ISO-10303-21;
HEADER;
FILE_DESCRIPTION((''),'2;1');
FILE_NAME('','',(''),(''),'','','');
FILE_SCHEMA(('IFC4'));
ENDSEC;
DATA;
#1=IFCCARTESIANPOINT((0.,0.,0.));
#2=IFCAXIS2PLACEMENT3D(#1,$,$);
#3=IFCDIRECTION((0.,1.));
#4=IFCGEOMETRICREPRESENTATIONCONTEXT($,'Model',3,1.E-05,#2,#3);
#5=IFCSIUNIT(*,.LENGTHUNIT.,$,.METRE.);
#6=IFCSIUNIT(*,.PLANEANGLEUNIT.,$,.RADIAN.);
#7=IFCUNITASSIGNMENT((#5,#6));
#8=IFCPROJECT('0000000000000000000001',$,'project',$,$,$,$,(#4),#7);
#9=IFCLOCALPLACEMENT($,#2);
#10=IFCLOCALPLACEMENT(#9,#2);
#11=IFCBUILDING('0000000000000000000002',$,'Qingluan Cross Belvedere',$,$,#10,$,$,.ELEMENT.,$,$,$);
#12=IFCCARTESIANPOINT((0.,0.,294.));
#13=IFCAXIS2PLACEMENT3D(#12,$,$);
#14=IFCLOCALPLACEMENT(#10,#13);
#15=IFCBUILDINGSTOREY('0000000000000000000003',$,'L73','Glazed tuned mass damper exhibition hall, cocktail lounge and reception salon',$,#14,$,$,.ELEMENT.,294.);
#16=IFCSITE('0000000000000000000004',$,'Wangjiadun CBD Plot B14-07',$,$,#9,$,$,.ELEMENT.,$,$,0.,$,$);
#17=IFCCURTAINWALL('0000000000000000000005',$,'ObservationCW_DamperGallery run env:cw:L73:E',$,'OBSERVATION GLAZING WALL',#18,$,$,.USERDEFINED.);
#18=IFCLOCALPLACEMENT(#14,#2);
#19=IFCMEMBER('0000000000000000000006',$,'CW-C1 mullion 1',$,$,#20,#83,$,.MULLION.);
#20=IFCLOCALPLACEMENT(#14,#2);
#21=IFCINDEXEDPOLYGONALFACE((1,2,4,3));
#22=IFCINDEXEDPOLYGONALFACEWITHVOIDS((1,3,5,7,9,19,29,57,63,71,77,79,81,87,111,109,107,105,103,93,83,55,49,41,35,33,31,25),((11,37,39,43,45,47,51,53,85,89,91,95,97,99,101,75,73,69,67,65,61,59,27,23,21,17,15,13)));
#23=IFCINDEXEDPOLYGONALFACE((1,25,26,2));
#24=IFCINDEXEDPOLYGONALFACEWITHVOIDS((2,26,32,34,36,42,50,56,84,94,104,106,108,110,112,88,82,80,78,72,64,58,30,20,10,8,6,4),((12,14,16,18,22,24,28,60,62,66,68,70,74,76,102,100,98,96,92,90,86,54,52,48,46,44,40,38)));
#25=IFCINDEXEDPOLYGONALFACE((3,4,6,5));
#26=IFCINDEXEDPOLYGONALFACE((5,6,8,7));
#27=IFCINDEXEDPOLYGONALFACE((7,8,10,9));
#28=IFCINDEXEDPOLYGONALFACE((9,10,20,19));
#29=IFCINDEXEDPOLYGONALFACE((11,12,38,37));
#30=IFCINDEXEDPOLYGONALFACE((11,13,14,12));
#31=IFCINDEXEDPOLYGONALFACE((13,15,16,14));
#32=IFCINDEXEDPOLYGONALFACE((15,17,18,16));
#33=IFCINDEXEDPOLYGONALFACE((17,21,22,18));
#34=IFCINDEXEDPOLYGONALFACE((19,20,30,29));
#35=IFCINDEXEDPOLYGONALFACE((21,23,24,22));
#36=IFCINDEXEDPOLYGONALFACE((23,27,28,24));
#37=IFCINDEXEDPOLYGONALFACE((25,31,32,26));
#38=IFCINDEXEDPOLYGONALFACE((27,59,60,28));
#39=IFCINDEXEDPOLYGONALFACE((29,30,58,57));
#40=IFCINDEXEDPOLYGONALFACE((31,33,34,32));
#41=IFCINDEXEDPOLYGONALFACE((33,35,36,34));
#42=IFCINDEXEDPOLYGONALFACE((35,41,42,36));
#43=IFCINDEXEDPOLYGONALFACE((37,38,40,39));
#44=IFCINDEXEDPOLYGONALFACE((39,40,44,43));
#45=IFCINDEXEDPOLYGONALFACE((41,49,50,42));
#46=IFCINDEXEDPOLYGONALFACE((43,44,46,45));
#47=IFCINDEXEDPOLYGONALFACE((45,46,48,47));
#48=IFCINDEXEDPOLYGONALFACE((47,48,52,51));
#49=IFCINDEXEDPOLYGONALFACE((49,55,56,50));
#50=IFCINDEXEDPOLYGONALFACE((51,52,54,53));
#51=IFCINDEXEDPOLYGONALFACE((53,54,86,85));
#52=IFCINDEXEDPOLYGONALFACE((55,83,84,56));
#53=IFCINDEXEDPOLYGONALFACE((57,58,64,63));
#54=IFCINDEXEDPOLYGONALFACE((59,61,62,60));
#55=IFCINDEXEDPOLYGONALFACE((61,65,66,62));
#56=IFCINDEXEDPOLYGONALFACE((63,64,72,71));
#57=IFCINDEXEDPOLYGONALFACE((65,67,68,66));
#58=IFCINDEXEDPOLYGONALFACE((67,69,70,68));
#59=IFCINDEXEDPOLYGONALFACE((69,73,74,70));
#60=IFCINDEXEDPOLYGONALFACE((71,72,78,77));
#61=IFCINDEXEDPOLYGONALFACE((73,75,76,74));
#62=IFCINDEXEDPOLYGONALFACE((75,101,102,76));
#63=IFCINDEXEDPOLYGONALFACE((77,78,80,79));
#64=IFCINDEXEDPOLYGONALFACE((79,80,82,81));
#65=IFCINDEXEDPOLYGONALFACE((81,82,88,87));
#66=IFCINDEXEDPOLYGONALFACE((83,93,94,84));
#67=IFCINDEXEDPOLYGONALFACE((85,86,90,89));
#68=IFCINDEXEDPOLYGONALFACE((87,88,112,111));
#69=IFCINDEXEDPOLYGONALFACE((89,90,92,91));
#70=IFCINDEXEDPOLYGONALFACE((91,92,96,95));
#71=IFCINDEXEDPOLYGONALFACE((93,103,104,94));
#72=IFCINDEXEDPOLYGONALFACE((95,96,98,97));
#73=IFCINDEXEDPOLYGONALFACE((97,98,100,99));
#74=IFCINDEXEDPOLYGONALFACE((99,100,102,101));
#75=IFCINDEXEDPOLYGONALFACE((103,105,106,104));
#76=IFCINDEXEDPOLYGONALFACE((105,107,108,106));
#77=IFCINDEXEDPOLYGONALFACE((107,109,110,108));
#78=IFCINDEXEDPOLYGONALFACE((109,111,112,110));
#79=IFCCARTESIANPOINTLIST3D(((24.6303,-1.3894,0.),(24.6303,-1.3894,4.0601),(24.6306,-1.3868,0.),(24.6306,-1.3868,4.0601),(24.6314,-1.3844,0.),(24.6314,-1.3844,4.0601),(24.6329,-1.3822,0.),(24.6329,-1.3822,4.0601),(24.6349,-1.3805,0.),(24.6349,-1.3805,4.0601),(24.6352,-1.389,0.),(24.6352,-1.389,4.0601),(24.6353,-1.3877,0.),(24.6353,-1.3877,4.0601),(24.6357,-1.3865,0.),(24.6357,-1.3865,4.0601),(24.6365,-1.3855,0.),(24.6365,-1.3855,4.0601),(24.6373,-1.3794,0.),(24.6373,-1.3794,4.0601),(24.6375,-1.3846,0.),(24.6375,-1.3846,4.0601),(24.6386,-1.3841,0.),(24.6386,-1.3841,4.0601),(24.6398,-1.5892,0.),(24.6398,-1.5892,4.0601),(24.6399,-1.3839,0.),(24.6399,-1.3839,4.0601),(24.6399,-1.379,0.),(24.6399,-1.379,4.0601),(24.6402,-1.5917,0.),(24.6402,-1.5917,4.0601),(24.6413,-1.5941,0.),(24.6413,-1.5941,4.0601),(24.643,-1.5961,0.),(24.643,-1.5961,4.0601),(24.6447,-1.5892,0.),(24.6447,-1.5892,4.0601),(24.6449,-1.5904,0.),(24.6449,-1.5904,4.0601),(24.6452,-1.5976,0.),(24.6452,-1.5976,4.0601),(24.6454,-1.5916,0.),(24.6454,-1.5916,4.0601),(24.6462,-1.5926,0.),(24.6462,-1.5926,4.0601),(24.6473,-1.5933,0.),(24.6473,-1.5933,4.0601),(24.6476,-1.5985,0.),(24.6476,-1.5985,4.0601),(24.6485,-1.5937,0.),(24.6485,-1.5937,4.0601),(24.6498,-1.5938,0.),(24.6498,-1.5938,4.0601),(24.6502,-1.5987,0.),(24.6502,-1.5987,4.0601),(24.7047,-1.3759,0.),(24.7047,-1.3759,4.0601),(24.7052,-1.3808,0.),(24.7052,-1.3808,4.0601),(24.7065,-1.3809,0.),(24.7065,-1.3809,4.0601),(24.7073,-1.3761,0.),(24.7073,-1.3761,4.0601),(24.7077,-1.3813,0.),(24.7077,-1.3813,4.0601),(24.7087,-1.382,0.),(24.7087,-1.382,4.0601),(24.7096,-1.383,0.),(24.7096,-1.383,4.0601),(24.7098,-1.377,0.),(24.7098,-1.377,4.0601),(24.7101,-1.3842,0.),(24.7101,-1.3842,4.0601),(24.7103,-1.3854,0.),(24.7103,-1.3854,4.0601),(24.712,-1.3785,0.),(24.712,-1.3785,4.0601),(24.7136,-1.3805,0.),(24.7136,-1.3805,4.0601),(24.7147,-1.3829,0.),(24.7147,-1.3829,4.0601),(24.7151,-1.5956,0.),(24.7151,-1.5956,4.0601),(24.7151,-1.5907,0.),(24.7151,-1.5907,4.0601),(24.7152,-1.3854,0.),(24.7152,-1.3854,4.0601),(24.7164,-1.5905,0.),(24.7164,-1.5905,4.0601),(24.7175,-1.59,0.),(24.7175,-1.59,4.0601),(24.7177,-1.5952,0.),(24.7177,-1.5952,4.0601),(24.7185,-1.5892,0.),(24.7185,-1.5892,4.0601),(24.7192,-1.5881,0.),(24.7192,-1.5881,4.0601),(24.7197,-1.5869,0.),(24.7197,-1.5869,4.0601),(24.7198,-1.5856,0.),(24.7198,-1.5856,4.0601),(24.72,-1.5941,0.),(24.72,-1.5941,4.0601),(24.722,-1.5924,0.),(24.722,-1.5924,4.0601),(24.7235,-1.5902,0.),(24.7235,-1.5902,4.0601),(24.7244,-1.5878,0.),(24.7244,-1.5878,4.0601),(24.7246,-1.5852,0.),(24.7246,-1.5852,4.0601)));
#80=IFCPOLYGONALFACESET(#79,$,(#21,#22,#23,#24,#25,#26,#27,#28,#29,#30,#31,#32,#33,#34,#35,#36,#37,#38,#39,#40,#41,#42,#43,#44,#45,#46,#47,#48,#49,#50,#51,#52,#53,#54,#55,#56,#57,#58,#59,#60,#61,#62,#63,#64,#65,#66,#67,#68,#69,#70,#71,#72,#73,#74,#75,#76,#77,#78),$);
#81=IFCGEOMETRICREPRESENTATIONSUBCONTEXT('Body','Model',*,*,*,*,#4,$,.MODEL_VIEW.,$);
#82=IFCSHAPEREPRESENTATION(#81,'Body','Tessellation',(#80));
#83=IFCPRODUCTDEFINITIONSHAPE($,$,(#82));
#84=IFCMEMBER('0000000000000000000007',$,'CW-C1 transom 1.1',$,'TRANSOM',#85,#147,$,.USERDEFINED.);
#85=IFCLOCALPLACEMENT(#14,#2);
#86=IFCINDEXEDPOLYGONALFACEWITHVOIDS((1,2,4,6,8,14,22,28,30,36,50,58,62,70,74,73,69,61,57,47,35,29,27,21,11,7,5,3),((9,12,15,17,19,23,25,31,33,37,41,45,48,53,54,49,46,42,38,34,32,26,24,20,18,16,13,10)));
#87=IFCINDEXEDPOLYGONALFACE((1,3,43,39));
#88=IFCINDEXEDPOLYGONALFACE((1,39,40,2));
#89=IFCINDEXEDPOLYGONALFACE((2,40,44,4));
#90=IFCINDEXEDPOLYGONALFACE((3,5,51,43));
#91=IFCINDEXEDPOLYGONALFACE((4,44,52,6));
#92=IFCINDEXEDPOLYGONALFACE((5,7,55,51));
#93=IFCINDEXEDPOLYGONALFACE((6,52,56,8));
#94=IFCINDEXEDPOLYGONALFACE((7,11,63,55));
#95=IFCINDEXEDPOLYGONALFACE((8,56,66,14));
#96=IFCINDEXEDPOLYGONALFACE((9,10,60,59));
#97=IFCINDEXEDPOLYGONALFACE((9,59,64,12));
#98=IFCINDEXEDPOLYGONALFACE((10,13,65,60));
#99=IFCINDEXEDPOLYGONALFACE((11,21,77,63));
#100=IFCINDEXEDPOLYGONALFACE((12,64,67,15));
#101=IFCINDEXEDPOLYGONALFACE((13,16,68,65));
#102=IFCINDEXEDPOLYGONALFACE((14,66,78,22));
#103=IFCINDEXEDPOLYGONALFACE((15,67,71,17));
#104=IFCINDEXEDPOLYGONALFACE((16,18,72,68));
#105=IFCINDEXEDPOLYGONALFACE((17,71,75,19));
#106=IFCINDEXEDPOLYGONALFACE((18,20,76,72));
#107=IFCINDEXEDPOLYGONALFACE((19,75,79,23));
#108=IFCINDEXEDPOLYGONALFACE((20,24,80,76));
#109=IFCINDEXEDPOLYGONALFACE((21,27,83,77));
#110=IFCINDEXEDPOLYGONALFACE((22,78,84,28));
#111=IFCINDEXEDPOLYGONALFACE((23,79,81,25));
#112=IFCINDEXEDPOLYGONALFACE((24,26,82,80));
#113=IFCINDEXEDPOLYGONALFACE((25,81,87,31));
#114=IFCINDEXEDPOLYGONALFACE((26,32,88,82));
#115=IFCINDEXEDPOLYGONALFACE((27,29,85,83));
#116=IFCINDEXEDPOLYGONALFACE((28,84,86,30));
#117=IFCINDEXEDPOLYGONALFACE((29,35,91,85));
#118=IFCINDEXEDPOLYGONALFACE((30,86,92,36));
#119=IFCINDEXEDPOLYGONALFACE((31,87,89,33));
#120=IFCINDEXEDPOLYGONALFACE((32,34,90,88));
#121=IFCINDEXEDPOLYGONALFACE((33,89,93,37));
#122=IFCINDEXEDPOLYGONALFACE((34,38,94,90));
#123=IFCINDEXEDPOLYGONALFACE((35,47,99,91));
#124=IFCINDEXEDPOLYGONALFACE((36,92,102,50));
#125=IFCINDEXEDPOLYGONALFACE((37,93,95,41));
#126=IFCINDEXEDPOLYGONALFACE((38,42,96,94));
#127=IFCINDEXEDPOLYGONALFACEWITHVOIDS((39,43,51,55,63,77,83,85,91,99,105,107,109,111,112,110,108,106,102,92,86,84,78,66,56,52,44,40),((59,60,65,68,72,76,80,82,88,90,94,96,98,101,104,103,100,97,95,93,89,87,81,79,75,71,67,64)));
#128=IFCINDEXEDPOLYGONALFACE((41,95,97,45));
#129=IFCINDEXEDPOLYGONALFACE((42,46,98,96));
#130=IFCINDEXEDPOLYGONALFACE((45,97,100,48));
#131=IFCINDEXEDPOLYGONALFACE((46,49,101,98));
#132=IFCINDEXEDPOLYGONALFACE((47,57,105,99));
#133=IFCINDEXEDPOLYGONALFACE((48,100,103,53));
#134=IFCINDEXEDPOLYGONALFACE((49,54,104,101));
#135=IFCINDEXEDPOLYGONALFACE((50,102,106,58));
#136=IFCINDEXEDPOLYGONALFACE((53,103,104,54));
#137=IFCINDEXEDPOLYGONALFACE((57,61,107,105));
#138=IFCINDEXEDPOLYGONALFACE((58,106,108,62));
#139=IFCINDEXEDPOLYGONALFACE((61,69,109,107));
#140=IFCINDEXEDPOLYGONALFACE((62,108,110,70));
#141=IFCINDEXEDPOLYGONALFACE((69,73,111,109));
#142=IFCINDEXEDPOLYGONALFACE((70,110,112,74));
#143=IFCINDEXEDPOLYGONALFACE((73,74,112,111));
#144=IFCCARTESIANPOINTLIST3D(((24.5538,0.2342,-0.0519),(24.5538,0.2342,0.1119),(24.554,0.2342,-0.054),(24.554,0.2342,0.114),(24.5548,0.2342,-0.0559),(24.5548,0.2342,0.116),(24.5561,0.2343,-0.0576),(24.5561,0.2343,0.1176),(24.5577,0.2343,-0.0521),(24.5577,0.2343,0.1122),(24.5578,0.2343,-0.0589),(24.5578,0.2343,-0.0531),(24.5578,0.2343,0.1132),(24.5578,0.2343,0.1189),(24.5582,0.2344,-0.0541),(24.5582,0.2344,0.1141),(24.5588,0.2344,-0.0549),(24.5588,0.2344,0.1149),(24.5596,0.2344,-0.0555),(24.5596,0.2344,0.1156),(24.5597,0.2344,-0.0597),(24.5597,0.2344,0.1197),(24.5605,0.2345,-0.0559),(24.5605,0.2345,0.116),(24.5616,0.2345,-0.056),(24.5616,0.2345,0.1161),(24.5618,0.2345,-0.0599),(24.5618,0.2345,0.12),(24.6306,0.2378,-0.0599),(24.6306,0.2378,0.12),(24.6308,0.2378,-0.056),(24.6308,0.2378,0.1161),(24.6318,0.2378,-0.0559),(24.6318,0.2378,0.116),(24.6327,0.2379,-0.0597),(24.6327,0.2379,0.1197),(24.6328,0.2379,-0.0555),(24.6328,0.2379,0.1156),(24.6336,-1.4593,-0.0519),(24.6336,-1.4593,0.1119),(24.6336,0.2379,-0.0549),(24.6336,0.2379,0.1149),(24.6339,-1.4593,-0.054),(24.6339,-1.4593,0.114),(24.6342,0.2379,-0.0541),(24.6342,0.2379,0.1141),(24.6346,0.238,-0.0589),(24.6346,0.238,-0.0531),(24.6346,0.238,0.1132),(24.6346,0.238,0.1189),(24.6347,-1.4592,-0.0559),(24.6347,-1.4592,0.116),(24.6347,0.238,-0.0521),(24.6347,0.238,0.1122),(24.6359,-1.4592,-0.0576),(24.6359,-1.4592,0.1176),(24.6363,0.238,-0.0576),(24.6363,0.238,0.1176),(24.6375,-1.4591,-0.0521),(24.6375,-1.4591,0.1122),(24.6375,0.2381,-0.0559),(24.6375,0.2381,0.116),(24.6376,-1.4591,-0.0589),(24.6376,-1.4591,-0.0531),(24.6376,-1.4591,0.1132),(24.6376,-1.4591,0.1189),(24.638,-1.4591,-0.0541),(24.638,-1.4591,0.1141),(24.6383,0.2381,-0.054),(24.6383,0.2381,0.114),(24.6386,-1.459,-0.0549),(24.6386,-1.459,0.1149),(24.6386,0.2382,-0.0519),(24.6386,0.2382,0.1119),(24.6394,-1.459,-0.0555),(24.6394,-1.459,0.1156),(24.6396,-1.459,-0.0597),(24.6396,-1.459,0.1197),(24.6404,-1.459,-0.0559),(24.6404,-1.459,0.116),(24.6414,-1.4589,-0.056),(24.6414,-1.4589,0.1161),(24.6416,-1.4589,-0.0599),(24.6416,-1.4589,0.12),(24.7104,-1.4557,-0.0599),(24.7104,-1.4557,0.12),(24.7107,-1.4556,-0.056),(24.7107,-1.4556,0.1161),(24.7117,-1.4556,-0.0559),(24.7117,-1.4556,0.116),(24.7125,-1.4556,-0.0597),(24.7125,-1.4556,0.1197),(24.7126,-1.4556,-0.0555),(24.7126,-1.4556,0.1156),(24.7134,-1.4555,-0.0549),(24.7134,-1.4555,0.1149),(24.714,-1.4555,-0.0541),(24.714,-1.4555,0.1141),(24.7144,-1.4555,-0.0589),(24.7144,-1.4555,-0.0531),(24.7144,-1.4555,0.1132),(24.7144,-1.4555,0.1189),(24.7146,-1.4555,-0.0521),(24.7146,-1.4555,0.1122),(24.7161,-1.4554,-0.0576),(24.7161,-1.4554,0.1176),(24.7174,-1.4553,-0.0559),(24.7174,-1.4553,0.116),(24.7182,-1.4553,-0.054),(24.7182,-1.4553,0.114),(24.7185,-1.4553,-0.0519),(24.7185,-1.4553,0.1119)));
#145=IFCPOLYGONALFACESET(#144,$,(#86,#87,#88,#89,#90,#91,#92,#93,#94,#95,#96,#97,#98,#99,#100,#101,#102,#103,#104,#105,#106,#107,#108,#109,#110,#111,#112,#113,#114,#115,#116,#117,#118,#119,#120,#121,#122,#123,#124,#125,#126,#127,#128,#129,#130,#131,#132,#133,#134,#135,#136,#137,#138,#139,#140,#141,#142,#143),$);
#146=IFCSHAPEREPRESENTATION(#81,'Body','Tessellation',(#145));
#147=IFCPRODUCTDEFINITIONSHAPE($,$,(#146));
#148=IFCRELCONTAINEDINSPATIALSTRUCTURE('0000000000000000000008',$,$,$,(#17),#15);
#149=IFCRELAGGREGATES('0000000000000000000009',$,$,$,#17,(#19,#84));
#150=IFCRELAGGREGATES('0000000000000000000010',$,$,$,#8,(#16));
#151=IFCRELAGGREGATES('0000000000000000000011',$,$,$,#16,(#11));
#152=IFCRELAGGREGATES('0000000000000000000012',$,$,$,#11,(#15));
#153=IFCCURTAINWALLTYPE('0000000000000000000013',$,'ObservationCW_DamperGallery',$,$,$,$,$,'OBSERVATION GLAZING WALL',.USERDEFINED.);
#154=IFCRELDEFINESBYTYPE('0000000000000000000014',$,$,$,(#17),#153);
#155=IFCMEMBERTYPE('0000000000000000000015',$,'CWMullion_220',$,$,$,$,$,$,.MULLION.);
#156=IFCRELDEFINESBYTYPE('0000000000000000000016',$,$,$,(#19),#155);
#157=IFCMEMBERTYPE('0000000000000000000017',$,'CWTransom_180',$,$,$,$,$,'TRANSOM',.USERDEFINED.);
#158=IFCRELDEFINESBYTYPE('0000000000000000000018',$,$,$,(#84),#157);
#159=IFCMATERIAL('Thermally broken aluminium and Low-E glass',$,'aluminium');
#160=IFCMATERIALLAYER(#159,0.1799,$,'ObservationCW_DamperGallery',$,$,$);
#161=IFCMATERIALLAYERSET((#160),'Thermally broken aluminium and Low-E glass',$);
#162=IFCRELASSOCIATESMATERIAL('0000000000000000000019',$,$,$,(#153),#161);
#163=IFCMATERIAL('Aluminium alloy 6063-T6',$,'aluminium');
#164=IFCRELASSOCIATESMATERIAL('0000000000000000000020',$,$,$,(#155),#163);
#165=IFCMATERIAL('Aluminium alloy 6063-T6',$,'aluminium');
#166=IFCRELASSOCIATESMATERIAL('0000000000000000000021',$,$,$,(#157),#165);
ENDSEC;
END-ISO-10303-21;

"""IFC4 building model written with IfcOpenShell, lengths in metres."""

from ifc_helpers import new_model, si_unit, direction, frame, origin, origin_2d, place, context, subcontext, project, spatial, hollow_rectangle, extrude, material, layer, layer_set, material_profile, profile_set, type_object, element, aggregate, save


model = new_model("IFC4")

# Units and contexts
model_context = context("Model", 3, precision=1e-05, world=origin(), true_north=direction((0.0, 1.0)))
body_context = subcontext(model_context, "Body", "Model", "MODEL_VIEW")
ifc_project = project(units=[si_unit("LENGTHUNIT", "METRE"), si_unit("PLANEANGLEUNIT", "RADIAN")], contexts=[model_context])

# Site, building, storey
site_placement = place(None, origin())
site = spatial("IfcSite", under=ifc_project, at=site_placement, Name="Wangjiadun CBD Plot B14-07", CompositionType="ELEMENT", RefElevation=0.0)
building_placement = place(site_placement, origin())
building = spatial("IfcBuilding", under=site, at=building_placement, Name="Qingluan Cross Belvedere", CompositionType="ELEMENT")
storey_placement = place(building_placement, frame((0.0, 0.0, 294.0)))
storey = spatial("IfcBuildingStorey", under=building, at=storey_placement, Name="L73", Description="Glazed tuned mass damper exhibition hall, cocktail lounge and reception salon", CompositionType="ELEMENT", Elevation=294.0)

# Curtain wall, members
ifc_material_1 = material(Name="Thermally broken aluminium and Low-E glass", Category="aluminium")
ifc_layer_1 = layer(ifc_material_1, 0.1799, Name="ObservationCW_DamperGallery")
ifc_layer_set_1 = layer_set([ifc_layer_1], Name="Thermally broken aluminium and Low-E glass")
curtain_wall_type = type_object("IfcCurtainWallType", Name="ObservationCW_DamperGallery", ElementType="OBSERVATION GLAZING WALL", PredefinedType="USERDEFINED", material=ifc_layer_set_1)
curtain_wall_placement = place(storey_placement, origin())
curtain_wall = element("IfcCurtainWall", 1, at=curtain_wall_placement, inside=storey, type_object=curtain_wall_type, Name="ObservationCW_DamperGallery run env:cw:L73:E", ObjectType="OBSERVATION GLAZING WALL", PredefinedType="USERDEFINED")
ifc_material_2 = material(Name="Aluminium alloy 6063-T6", Category="aluminium")
ifc_material_profile_1 = material_profile(ifc_material_2, hollow_rectangle(XDim=0.085, YDim=0.22, WallThickness=0.0049, InnerFilletRadius=0.0049, OuterFilletRadius=0.01, at=origin_2d()), Name="CWM220x85x5")
ifc_profile_set_1 = profile_set([ifc_material_profile_1], Name="Aluminium alloy 6063-T6")
member_type_1 = type_object("IfcMemberType", Name="CWMullion_220", PredefinedType="MULLION", material=ifc_profile_set_1)
member_1_placement = place(storey_placement, frame((24.6775, -1.4873, 0.0), z_axis=(0.0, 0.0, 1.0), x_axis=(-0.998889, -0.047124, 0.0)))
member_1 = element("IfcMember", 2, at=member_1_placement, type_object=member_type_1, Name="CW-C1 mullion 1", PredefinedType="MULLION", context=body_context, shape_type="SweptSolid", body=[
    extrude(hollow_rectangle(XDim=0.085, YDim=0.22, WallThickness=0.0049, InnerFilletRadius=0.0049, OuterFilletRadius=0.01, at=origin_2d()), origin(), (0.0, 0.0, 1.0), 4.0601),
])
ifc_material_3 = material(Name="Aluminium alloy 6063-T6", Category="aluminium")
ifc_material_profile_2 = material_profile(ifc_material_3, hollow_rectangle(XDim=0.085, YDim=0.1799, WallThickness=0.0039, InnerFilletRadius=0.0039, OuterFilletRadius=0.0081, at=origin_2d()), Name="CWT180x85x4")
ifc_profile_set_2 = profile_set([ifc_material_profile_2], Name="Aluminium alloy 6063-T6")
member_type_2 = type_object("IfcMemberType", Name="CWTransom_180", ElementType="TRANSOM", PredefinedType="USERDEFINED", material=ifc_profile_set_2)
member_2_placement = place(storey_placement, frame((24.676, -1.4573, 0.03), z_axis=(-0.047093, 0.998891, 0.0), x_axis=(-0.998891, -0.047093, 0.0)))
member_2 = element("IfcMember", 3, at=member_2_placement, type_object=member_type_2, Name="CW-C1 transom 1.1", ObjectType="TRANSOM", PredefinedType="USERDEFINED", context=body_context, shape_type="SweptSolid", body=[
    extrude(hollow_rectangle(XDim=0.085, YDim=0.1799, WallThickness=0.0039, InnerFilletRadius=0.0039, OuterFilletRadius=0.0081, at=origin_2d()), origin(), (0.0, 0.0, 1.0), 1.6953),
])

aggregate(curtain_wall, [member_1, member_2])

save(model, "model.ifc")
